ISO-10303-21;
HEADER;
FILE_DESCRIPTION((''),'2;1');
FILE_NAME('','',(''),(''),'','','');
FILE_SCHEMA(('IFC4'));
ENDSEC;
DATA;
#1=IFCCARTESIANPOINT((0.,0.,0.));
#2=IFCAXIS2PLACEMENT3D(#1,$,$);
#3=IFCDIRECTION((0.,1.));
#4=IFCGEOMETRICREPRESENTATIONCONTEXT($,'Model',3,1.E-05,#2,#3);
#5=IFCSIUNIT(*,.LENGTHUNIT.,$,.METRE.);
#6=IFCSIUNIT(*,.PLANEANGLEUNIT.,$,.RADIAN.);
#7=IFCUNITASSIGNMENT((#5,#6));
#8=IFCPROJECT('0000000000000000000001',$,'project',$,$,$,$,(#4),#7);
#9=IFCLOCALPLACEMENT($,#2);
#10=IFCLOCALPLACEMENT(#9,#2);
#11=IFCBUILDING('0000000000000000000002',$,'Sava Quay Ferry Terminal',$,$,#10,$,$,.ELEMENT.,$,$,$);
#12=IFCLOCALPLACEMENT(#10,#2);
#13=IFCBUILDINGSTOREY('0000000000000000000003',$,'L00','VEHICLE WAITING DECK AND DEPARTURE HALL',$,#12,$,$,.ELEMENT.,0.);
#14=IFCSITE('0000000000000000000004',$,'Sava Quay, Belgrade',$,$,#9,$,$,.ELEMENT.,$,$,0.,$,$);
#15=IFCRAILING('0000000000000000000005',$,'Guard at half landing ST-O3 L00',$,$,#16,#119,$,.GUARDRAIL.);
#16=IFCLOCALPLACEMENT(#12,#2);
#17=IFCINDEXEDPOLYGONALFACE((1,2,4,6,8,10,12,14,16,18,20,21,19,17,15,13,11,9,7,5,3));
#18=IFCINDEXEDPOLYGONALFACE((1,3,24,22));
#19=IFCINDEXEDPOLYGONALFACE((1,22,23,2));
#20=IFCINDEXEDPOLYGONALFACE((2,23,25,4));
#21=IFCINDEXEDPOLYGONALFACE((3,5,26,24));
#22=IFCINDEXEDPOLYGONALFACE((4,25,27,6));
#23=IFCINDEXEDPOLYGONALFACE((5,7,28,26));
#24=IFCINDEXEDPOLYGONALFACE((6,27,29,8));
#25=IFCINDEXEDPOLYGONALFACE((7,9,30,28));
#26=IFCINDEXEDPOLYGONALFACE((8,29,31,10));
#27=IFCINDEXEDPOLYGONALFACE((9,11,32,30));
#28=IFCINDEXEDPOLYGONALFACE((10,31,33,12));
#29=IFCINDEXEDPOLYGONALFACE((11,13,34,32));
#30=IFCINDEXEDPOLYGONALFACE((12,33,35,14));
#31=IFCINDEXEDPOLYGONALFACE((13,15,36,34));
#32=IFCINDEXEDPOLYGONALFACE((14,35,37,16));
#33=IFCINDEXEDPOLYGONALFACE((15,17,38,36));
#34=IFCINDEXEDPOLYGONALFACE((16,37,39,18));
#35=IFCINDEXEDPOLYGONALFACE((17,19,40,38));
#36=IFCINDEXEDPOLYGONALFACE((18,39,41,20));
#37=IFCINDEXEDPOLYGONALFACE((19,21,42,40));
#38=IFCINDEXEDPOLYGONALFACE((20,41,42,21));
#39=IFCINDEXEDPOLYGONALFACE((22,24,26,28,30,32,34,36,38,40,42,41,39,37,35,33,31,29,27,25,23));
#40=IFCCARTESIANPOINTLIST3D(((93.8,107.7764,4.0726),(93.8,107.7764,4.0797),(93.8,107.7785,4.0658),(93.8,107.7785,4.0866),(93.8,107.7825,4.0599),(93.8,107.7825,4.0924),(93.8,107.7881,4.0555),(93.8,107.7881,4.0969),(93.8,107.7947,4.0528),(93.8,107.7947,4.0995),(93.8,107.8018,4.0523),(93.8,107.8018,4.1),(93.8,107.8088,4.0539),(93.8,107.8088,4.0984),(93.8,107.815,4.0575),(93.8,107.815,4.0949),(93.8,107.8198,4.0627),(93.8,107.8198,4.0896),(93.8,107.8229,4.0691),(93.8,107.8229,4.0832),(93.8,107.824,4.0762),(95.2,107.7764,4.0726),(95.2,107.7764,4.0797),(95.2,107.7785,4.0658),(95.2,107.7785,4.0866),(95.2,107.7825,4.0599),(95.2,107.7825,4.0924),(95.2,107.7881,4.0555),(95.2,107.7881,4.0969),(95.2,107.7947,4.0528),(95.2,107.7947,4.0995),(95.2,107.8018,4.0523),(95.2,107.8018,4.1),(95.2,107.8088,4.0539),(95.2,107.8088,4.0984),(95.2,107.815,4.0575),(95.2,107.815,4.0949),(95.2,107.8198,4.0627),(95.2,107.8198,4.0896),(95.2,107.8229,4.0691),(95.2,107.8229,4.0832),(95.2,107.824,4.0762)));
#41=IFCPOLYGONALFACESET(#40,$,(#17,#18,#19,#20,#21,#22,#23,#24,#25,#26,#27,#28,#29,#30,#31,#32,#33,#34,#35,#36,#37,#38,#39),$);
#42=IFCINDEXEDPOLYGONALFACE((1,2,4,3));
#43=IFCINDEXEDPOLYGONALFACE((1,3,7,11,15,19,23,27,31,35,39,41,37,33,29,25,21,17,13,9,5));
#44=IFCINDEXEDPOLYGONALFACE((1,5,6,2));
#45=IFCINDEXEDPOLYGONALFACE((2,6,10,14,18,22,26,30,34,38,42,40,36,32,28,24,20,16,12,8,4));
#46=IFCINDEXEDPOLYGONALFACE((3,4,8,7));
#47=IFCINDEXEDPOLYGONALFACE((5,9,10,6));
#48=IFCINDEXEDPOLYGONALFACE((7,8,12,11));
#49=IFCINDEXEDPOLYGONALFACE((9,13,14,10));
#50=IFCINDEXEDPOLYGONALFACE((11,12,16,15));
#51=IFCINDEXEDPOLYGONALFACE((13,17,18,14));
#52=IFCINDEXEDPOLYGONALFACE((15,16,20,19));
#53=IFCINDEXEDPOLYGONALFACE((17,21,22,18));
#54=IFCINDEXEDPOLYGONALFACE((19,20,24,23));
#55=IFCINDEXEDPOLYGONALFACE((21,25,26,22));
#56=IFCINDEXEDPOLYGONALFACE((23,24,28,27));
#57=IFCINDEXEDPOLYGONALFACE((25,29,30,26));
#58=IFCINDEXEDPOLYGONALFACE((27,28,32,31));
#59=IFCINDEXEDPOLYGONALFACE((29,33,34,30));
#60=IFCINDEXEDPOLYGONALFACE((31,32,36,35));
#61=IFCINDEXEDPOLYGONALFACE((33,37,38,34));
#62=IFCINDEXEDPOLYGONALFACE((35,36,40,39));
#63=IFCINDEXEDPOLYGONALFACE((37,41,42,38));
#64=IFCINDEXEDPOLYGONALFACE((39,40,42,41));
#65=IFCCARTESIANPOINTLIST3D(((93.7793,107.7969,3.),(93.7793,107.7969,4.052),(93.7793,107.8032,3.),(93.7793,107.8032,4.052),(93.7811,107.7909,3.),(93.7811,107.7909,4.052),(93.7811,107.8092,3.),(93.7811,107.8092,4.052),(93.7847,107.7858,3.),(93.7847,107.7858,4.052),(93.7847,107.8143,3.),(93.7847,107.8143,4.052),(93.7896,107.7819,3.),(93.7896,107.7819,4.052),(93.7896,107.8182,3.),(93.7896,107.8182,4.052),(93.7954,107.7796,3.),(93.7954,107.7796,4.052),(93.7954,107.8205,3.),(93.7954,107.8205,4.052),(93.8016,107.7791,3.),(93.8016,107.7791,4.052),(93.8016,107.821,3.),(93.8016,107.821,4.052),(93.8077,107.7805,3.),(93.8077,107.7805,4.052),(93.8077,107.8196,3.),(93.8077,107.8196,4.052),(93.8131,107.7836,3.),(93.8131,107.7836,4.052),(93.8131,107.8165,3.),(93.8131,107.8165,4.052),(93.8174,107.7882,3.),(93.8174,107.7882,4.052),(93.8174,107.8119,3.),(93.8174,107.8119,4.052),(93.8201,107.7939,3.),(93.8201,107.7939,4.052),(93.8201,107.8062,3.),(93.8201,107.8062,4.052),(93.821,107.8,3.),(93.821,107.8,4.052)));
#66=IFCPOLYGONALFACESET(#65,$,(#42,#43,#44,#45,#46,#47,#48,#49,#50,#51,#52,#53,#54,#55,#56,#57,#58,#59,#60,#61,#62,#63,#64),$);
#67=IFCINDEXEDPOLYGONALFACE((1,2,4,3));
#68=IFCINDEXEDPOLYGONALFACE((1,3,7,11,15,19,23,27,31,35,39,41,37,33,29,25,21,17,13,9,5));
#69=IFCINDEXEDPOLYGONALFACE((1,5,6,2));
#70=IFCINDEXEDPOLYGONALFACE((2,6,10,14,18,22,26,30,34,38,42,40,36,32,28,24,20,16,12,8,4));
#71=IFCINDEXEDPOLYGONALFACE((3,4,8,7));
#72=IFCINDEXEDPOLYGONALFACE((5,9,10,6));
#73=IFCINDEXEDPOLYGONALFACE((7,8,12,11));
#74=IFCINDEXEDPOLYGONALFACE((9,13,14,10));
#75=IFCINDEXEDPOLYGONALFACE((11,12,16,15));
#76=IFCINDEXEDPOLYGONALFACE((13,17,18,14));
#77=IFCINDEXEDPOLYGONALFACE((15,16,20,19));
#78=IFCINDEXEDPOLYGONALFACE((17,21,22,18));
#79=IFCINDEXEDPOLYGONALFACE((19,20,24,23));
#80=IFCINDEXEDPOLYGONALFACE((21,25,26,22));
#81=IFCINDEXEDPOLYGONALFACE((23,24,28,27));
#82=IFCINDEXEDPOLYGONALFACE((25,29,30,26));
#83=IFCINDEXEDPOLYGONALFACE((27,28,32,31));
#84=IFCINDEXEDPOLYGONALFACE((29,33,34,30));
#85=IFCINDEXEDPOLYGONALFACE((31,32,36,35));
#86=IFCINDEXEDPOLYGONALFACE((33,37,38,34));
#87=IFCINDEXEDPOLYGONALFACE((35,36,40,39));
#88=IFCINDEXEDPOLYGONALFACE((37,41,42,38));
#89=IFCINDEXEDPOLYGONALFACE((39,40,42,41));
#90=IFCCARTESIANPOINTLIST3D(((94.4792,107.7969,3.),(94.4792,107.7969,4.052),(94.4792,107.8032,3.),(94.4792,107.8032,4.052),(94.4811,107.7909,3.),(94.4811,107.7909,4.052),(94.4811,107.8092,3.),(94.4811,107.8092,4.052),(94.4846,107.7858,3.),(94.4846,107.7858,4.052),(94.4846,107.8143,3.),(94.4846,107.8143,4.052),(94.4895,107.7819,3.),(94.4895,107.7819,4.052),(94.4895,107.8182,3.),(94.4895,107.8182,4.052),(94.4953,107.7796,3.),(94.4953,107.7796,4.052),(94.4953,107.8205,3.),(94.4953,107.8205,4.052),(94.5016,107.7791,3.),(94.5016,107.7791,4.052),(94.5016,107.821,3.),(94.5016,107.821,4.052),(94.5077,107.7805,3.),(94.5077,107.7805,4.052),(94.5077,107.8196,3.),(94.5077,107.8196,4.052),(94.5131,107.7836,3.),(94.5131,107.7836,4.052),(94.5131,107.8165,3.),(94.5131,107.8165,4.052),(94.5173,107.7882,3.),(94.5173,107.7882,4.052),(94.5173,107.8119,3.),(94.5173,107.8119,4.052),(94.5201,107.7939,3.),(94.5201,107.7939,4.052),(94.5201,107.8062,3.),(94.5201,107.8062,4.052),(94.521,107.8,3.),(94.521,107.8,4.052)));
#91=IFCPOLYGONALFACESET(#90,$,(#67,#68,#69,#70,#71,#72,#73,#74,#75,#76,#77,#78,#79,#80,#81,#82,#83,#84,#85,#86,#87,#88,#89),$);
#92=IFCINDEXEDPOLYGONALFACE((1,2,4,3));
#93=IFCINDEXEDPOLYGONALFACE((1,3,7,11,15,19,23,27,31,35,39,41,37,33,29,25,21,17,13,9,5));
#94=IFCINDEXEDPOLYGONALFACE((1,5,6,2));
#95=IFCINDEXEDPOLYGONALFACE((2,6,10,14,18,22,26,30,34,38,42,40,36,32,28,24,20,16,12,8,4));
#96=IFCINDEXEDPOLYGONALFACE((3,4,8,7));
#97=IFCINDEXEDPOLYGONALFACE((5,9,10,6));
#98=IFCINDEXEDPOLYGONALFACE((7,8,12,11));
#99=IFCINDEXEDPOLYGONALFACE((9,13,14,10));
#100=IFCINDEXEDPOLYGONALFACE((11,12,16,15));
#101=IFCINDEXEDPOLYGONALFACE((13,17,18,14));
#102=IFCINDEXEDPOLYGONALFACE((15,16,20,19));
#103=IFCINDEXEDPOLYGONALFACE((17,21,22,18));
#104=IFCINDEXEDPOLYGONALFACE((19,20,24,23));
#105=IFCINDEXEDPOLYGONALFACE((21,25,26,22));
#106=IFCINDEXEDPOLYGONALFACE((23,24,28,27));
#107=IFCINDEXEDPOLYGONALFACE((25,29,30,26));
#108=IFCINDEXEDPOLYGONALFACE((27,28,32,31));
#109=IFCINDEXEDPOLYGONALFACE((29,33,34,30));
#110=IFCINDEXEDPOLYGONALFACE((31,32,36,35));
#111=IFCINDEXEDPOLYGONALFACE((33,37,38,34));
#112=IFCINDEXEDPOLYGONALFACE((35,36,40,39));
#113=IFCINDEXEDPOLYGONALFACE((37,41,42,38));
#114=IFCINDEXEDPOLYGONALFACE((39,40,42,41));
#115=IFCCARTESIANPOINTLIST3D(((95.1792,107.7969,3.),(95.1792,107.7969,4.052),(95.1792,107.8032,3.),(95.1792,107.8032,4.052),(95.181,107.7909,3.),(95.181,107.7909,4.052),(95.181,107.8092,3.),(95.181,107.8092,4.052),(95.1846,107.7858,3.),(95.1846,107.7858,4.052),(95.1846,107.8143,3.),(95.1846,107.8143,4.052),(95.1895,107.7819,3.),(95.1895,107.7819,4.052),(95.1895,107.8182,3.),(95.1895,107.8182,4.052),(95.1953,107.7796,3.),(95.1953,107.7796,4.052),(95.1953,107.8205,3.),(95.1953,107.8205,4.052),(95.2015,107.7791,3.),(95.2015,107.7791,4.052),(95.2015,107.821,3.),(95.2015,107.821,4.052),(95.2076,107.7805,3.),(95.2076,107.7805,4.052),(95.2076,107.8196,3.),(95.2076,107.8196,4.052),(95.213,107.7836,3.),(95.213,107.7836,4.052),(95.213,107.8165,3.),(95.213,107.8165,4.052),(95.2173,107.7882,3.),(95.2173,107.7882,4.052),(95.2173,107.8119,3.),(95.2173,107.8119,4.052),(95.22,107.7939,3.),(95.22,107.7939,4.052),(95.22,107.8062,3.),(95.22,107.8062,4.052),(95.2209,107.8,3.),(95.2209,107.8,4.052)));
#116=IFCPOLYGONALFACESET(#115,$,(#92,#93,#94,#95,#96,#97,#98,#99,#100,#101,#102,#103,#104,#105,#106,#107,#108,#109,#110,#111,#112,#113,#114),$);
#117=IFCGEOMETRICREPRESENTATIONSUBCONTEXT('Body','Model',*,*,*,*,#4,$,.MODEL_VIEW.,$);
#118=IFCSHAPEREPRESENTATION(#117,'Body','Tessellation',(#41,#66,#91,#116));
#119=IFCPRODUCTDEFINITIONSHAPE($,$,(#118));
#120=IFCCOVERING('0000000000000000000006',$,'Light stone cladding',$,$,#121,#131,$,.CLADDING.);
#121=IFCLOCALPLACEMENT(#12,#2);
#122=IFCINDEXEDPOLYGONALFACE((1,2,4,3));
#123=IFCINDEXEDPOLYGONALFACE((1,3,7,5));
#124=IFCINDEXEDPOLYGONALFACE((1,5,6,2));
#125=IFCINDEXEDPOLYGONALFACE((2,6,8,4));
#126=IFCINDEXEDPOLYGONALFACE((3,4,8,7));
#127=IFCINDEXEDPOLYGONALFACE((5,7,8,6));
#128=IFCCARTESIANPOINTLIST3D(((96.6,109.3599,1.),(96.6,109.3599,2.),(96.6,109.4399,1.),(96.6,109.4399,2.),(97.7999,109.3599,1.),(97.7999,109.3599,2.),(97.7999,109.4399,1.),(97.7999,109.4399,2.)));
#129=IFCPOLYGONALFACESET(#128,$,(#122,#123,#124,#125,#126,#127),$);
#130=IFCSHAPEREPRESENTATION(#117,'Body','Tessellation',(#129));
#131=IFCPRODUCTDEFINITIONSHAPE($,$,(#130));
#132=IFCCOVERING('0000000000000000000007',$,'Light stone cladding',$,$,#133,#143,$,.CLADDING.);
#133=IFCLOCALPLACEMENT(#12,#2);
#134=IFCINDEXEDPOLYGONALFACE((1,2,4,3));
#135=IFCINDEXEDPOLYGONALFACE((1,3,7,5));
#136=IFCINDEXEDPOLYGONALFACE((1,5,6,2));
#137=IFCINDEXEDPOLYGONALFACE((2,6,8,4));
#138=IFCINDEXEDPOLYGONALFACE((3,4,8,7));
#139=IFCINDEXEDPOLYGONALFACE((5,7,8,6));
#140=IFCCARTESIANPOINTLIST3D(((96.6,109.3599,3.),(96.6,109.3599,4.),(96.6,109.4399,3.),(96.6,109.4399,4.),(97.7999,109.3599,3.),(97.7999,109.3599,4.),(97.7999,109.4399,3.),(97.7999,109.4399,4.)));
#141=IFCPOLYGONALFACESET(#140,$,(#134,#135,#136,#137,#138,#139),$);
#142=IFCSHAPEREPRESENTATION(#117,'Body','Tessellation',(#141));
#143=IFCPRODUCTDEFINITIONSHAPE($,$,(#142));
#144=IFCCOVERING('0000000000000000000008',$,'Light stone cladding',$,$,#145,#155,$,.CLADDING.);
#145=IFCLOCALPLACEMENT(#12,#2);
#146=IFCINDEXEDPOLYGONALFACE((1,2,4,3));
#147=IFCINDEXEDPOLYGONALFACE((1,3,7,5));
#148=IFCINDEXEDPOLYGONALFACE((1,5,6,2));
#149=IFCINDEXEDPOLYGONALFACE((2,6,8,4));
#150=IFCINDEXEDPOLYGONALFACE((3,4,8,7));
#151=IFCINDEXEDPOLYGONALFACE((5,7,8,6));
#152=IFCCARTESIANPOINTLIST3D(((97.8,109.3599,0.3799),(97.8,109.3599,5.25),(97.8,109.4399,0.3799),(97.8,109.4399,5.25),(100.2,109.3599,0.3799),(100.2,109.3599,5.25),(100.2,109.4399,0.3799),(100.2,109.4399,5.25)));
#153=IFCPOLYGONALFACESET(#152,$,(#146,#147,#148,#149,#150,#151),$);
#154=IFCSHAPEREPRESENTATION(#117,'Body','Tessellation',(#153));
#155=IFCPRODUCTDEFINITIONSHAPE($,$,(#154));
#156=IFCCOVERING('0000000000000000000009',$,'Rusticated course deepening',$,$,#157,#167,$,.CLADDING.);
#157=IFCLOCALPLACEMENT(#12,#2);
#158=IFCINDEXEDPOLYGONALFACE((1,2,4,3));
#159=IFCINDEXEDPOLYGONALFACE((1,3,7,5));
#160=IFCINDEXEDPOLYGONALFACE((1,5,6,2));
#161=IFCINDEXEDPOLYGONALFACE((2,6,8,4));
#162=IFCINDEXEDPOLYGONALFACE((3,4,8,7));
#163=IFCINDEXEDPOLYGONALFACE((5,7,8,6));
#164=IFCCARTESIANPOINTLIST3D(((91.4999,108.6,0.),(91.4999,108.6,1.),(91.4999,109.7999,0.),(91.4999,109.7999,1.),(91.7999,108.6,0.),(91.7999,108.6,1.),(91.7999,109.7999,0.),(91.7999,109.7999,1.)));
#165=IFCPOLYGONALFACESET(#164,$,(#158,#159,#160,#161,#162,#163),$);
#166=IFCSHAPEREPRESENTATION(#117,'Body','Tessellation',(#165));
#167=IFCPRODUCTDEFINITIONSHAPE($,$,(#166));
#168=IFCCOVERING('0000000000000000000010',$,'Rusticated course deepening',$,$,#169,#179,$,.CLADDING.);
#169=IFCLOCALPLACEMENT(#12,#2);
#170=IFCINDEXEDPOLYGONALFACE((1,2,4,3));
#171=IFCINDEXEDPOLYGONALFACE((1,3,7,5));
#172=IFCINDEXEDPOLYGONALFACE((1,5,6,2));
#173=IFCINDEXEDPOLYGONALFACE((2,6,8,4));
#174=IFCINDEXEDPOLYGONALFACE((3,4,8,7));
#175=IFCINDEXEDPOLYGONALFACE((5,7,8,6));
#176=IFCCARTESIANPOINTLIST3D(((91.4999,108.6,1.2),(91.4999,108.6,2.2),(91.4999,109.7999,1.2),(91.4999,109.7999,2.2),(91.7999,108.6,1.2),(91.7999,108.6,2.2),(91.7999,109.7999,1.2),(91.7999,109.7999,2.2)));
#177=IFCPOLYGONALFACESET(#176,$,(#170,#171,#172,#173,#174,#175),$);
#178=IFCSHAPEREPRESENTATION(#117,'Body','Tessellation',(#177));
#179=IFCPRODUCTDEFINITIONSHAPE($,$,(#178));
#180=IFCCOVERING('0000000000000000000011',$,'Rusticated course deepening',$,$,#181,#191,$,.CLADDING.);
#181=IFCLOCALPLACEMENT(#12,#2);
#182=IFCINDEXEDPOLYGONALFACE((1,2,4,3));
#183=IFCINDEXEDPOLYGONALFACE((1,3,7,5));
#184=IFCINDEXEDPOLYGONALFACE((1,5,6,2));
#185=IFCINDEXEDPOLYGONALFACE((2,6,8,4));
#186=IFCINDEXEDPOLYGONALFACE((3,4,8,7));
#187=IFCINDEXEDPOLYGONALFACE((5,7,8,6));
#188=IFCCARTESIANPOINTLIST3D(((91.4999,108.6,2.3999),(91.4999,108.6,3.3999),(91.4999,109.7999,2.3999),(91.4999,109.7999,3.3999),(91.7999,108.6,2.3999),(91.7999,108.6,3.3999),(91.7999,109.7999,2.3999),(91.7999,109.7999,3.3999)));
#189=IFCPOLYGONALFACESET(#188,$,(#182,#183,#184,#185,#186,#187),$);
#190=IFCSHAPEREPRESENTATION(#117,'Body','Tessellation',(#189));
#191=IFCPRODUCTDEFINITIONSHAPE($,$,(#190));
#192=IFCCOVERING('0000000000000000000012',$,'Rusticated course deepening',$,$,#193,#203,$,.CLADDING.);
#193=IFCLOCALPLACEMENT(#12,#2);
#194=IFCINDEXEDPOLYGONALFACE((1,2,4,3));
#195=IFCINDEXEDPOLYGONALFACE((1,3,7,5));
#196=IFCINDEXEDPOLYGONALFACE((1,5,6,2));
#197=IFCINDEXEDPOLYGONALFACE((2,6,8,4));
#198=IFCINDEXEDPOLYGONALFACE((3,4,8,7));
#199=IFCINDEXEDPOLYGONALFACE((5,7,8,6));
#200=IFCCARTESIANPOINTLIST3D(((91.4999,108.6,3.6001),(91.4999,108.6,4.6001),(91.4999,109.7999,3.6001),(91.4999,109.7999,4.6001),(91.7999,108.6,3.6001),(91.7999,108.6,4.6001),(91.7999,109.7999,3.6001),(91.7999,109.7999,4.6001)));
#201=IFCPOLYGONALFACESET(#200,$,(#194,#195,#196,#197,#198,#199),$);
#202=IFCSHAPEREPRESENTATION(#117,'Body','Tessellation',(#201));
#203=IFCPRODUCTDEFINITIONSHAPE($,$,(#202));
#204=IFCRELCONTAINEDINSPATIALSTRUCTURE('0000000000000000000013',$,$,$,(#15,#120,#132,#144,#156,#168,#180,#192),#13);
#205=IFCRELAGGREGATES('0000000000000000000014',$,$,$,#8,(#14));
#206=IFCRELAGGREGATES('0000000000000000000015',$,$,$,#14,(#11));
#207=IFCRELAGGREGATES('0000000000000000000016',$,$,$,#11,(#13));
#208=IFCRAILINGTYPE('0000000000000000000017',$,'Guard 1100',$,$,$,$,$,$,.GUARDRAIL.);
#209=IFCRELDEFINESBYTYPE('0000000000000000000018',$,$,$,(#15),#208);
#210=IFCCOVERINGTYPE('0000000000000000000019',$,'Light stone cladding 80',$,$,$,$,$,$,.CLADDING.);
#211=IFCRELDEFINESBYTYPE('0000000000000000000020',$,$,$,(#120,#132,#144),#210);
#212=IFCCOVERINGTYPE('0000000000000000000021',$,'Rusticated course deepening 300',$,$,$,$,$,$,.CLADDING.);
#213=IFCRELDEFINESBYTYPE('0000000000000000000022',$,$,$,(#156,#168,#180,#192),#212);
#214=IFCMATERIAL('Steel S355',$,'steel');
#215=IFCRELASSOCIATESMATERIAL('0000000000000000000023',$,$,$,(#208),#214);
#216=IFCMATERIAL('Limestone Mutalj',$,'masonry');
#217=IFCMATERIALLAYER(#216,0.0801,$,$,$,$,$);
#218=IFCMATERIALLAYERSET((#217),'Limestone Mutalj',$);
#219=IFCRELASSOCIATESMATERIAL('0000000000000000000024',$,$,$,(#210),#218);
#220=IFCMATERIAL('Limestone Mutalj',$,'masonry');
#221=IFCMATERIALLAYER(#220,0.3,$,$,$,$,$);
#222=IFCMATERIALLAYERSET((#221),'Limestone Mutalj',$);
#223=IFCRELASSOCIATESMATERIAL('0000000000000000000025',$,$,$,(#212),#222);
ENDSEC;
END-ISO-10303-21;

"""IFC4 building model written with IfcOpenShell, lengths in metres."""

from ifc_helpers import new_model, si_unit, direction, frame, origin, origin_2d, place, context, subcontext, project, spatial, rectangle, circle, extrude, material, layer, layer_set, type_object, element, save


model = new_model("IFC4")

# Units and contexts
model_context = context("Model", 3, precision=1e-05, world=origin(), true_north=direction((0.0, 1.0)))
body_context = subcontext(model_context, "Body", "Model", "MODEL_VIEW")
ifc_project = project(units=[si_unit("LENGTHUNIT", "METRE"), si_unit("PLANEANGLEUNIT", "RADIAN")], contexts=[model_context])

# Site, building, storey
site_placement = place(None, origin())
site = spatial("IfcSite", under=ifc_project, at=site_placement, Name="Sava Quay, Belgrade", CompositionType="ELEMENT", RefElevation=0.0)
building_placement = place(site_placement, origin())
building = spatial("IfcBuilding", under=site, at=building_placement, Name="Sava Quay Ferry Terminal", CompositionType="ELEMENT")
storey_placement = place(building_placement, origin())
storey = spatial("IfcBuildingStorey", under=building, at=storey_placement, Name="L00", Description="VEHICLE WAITING DECK AND DEPARTURE HALL", CompositionType="ELEMENT", Elevation=0.0)

# Railing
ifc_material_1 = material(Name="Steel S355", Category="steel")
railing_type_1 = type_object("IfcRailingType", Name="Guard 1100", PredefinedType="GUARDRAIL", material=ifc_material_1)
railing_1_placement = place(storey_placement, frame((93.8, 107.8, 3.0)))
element("IfcRailing", 1, at=railing_1_placement, inside=storey, type_object=railing_type_1, Name="Guard at half landing ST-O3 L00", PredefinedType="GUARDRAIL", context=body_context, shape_type="SweptSolid", body=[
    extrude(circle(Radius=0.0239, at=origin_2d()), frame((0.0, 0.0, 1.0762), z_axis=(1.0, 0.0, 0.0), x_axis=(0.0, 1.0, 0.0)), (0.0, 0.0, 1.0), 1.3999),
    extrude(circle(Radius=0.021, at=origin_2d()), origin(), (0.0, 0.0, 1.0), 1.052),
    extrude(circle(Radius=0.021, at=origin_2d()), frame((0.7, 0.0, 0.0)), (0.0, 0.0, 1.0), 1.052),
    extrude(circle(Radius=0.021, at=origin_2d()), frame((1.3999, 0.0, 0.0)), (0.0, 0.0, 1.0), 1.052),
])

# Coverings
ifc_material_2 = material(Name="Limestone Mutalj", Category="masonry")
ifc_layer_1 = layer(ifc_material_2, 0.0801)
ifc_layer_set_1 = layer_set([ifc_layer_1], Name="Limestone Mutalj")
covering_type_1 = type_object("IfcCoveringType", Name="Light stone cladding 80", PredefinedType="CLADDING", material=ifc_layer_set_1)
for number, where, z_axis, x_axis, name in (
    (2, (97.2, 109.3999, 1.0), (0.0, 0.0, 1.0), (1.0, 0.0, 0.0), "Light stone cladding"),
    (3, (97.2, 109.3999, 3.0), (0.0, 0.0, 1.0), (1.0, 0.0, 0.0), "Light stone cladding"),
):
    element("IfcCovering", number, at=place(storey_placement, frame(where, z_axis=z_axis, x_axis=x_axis)), inside=storey, type_object=covering_type_1, Name=name, PredefinedType="CLADDING", context=body_context, shape_type="SweptSolid", body=[
        extrude(rectangle(XDim=1.2, YDim=0.0801, at=origin_2d()), origin(), (0.0, 0.0, 1.0), 1.0),
    ])
covering_placement = place(storey_placement, frame((99.0, 109.3999, 0.3799), z_axis=(0.0, 0.0, 1.0), x_axis=(1.0, 0.0, 0.0)))
element("IfcCovering", 4, at=covering_placement, inside=storey, type_object=covering_type_1, Name="Light stone cladding", PredefinedType="CLADDING", context=body_context, shape_type="SweptSolid", body=[
    extrude(rectangle(XDim=2.3999, YDim=0.0801, at=origin_2d()), origin(), (0.0, 0.0, 1.0), 4.8701),
])
ifc_material_3 = material(Name="Limestone Mutalj", Category="masonry")
ifc_layer_2 = layer(ifc_material_3, 0.3)
ifc_layer_set_2 = layer_set([ifc_layer_2], Name="Limestone Mutalj")
covering_type_2 = type_object("IfcCoveringType", Name="Rusticated course deepening 300", PredefinedType="CLADDING", material=ifc_layer_set_2)
for number, where, z_axis, x_axis, name in (
    (5, (91.6499, 109.2, 0.0), (0.0, 0.0, 1.0), (1.0, 0.0, 0.0), "Rusticated course deepening"),
    (6, (91.6499, 109.2, 1.2), (0.0, 0.0, 1.0), (1.0, 0.0, 0.0), "Rusticated course deepening"),
    (7, (91.6499, 109.2, 2.3999), (0.0, 0.0, 1.0), (1.0, 0.0, 0.0), "Rusticated course deepening"),
    (8, (91.6499, 109.2, 3.6001), (0.0, 0.0, 1.0), (1.0, 0.0, 0.0), "Rusticated course deepening"),
):
    element("IfcCovering", number, at=place(storey_placement, frame(where, z_axis=z_axis, x_axis=x_axis)), inside=storey, type_object=covering_type_2, Name=name, PredefinedType="CLADDING", context=body_context, shape_type="SweptSolid", body=[
        extrude(rectangle(XDim=0.3, YDim=1.2, at=origin_2d()), origin(), (0.0, 0.0, 1.0), 1.0),
    ])

save(model, "model.ifc")
